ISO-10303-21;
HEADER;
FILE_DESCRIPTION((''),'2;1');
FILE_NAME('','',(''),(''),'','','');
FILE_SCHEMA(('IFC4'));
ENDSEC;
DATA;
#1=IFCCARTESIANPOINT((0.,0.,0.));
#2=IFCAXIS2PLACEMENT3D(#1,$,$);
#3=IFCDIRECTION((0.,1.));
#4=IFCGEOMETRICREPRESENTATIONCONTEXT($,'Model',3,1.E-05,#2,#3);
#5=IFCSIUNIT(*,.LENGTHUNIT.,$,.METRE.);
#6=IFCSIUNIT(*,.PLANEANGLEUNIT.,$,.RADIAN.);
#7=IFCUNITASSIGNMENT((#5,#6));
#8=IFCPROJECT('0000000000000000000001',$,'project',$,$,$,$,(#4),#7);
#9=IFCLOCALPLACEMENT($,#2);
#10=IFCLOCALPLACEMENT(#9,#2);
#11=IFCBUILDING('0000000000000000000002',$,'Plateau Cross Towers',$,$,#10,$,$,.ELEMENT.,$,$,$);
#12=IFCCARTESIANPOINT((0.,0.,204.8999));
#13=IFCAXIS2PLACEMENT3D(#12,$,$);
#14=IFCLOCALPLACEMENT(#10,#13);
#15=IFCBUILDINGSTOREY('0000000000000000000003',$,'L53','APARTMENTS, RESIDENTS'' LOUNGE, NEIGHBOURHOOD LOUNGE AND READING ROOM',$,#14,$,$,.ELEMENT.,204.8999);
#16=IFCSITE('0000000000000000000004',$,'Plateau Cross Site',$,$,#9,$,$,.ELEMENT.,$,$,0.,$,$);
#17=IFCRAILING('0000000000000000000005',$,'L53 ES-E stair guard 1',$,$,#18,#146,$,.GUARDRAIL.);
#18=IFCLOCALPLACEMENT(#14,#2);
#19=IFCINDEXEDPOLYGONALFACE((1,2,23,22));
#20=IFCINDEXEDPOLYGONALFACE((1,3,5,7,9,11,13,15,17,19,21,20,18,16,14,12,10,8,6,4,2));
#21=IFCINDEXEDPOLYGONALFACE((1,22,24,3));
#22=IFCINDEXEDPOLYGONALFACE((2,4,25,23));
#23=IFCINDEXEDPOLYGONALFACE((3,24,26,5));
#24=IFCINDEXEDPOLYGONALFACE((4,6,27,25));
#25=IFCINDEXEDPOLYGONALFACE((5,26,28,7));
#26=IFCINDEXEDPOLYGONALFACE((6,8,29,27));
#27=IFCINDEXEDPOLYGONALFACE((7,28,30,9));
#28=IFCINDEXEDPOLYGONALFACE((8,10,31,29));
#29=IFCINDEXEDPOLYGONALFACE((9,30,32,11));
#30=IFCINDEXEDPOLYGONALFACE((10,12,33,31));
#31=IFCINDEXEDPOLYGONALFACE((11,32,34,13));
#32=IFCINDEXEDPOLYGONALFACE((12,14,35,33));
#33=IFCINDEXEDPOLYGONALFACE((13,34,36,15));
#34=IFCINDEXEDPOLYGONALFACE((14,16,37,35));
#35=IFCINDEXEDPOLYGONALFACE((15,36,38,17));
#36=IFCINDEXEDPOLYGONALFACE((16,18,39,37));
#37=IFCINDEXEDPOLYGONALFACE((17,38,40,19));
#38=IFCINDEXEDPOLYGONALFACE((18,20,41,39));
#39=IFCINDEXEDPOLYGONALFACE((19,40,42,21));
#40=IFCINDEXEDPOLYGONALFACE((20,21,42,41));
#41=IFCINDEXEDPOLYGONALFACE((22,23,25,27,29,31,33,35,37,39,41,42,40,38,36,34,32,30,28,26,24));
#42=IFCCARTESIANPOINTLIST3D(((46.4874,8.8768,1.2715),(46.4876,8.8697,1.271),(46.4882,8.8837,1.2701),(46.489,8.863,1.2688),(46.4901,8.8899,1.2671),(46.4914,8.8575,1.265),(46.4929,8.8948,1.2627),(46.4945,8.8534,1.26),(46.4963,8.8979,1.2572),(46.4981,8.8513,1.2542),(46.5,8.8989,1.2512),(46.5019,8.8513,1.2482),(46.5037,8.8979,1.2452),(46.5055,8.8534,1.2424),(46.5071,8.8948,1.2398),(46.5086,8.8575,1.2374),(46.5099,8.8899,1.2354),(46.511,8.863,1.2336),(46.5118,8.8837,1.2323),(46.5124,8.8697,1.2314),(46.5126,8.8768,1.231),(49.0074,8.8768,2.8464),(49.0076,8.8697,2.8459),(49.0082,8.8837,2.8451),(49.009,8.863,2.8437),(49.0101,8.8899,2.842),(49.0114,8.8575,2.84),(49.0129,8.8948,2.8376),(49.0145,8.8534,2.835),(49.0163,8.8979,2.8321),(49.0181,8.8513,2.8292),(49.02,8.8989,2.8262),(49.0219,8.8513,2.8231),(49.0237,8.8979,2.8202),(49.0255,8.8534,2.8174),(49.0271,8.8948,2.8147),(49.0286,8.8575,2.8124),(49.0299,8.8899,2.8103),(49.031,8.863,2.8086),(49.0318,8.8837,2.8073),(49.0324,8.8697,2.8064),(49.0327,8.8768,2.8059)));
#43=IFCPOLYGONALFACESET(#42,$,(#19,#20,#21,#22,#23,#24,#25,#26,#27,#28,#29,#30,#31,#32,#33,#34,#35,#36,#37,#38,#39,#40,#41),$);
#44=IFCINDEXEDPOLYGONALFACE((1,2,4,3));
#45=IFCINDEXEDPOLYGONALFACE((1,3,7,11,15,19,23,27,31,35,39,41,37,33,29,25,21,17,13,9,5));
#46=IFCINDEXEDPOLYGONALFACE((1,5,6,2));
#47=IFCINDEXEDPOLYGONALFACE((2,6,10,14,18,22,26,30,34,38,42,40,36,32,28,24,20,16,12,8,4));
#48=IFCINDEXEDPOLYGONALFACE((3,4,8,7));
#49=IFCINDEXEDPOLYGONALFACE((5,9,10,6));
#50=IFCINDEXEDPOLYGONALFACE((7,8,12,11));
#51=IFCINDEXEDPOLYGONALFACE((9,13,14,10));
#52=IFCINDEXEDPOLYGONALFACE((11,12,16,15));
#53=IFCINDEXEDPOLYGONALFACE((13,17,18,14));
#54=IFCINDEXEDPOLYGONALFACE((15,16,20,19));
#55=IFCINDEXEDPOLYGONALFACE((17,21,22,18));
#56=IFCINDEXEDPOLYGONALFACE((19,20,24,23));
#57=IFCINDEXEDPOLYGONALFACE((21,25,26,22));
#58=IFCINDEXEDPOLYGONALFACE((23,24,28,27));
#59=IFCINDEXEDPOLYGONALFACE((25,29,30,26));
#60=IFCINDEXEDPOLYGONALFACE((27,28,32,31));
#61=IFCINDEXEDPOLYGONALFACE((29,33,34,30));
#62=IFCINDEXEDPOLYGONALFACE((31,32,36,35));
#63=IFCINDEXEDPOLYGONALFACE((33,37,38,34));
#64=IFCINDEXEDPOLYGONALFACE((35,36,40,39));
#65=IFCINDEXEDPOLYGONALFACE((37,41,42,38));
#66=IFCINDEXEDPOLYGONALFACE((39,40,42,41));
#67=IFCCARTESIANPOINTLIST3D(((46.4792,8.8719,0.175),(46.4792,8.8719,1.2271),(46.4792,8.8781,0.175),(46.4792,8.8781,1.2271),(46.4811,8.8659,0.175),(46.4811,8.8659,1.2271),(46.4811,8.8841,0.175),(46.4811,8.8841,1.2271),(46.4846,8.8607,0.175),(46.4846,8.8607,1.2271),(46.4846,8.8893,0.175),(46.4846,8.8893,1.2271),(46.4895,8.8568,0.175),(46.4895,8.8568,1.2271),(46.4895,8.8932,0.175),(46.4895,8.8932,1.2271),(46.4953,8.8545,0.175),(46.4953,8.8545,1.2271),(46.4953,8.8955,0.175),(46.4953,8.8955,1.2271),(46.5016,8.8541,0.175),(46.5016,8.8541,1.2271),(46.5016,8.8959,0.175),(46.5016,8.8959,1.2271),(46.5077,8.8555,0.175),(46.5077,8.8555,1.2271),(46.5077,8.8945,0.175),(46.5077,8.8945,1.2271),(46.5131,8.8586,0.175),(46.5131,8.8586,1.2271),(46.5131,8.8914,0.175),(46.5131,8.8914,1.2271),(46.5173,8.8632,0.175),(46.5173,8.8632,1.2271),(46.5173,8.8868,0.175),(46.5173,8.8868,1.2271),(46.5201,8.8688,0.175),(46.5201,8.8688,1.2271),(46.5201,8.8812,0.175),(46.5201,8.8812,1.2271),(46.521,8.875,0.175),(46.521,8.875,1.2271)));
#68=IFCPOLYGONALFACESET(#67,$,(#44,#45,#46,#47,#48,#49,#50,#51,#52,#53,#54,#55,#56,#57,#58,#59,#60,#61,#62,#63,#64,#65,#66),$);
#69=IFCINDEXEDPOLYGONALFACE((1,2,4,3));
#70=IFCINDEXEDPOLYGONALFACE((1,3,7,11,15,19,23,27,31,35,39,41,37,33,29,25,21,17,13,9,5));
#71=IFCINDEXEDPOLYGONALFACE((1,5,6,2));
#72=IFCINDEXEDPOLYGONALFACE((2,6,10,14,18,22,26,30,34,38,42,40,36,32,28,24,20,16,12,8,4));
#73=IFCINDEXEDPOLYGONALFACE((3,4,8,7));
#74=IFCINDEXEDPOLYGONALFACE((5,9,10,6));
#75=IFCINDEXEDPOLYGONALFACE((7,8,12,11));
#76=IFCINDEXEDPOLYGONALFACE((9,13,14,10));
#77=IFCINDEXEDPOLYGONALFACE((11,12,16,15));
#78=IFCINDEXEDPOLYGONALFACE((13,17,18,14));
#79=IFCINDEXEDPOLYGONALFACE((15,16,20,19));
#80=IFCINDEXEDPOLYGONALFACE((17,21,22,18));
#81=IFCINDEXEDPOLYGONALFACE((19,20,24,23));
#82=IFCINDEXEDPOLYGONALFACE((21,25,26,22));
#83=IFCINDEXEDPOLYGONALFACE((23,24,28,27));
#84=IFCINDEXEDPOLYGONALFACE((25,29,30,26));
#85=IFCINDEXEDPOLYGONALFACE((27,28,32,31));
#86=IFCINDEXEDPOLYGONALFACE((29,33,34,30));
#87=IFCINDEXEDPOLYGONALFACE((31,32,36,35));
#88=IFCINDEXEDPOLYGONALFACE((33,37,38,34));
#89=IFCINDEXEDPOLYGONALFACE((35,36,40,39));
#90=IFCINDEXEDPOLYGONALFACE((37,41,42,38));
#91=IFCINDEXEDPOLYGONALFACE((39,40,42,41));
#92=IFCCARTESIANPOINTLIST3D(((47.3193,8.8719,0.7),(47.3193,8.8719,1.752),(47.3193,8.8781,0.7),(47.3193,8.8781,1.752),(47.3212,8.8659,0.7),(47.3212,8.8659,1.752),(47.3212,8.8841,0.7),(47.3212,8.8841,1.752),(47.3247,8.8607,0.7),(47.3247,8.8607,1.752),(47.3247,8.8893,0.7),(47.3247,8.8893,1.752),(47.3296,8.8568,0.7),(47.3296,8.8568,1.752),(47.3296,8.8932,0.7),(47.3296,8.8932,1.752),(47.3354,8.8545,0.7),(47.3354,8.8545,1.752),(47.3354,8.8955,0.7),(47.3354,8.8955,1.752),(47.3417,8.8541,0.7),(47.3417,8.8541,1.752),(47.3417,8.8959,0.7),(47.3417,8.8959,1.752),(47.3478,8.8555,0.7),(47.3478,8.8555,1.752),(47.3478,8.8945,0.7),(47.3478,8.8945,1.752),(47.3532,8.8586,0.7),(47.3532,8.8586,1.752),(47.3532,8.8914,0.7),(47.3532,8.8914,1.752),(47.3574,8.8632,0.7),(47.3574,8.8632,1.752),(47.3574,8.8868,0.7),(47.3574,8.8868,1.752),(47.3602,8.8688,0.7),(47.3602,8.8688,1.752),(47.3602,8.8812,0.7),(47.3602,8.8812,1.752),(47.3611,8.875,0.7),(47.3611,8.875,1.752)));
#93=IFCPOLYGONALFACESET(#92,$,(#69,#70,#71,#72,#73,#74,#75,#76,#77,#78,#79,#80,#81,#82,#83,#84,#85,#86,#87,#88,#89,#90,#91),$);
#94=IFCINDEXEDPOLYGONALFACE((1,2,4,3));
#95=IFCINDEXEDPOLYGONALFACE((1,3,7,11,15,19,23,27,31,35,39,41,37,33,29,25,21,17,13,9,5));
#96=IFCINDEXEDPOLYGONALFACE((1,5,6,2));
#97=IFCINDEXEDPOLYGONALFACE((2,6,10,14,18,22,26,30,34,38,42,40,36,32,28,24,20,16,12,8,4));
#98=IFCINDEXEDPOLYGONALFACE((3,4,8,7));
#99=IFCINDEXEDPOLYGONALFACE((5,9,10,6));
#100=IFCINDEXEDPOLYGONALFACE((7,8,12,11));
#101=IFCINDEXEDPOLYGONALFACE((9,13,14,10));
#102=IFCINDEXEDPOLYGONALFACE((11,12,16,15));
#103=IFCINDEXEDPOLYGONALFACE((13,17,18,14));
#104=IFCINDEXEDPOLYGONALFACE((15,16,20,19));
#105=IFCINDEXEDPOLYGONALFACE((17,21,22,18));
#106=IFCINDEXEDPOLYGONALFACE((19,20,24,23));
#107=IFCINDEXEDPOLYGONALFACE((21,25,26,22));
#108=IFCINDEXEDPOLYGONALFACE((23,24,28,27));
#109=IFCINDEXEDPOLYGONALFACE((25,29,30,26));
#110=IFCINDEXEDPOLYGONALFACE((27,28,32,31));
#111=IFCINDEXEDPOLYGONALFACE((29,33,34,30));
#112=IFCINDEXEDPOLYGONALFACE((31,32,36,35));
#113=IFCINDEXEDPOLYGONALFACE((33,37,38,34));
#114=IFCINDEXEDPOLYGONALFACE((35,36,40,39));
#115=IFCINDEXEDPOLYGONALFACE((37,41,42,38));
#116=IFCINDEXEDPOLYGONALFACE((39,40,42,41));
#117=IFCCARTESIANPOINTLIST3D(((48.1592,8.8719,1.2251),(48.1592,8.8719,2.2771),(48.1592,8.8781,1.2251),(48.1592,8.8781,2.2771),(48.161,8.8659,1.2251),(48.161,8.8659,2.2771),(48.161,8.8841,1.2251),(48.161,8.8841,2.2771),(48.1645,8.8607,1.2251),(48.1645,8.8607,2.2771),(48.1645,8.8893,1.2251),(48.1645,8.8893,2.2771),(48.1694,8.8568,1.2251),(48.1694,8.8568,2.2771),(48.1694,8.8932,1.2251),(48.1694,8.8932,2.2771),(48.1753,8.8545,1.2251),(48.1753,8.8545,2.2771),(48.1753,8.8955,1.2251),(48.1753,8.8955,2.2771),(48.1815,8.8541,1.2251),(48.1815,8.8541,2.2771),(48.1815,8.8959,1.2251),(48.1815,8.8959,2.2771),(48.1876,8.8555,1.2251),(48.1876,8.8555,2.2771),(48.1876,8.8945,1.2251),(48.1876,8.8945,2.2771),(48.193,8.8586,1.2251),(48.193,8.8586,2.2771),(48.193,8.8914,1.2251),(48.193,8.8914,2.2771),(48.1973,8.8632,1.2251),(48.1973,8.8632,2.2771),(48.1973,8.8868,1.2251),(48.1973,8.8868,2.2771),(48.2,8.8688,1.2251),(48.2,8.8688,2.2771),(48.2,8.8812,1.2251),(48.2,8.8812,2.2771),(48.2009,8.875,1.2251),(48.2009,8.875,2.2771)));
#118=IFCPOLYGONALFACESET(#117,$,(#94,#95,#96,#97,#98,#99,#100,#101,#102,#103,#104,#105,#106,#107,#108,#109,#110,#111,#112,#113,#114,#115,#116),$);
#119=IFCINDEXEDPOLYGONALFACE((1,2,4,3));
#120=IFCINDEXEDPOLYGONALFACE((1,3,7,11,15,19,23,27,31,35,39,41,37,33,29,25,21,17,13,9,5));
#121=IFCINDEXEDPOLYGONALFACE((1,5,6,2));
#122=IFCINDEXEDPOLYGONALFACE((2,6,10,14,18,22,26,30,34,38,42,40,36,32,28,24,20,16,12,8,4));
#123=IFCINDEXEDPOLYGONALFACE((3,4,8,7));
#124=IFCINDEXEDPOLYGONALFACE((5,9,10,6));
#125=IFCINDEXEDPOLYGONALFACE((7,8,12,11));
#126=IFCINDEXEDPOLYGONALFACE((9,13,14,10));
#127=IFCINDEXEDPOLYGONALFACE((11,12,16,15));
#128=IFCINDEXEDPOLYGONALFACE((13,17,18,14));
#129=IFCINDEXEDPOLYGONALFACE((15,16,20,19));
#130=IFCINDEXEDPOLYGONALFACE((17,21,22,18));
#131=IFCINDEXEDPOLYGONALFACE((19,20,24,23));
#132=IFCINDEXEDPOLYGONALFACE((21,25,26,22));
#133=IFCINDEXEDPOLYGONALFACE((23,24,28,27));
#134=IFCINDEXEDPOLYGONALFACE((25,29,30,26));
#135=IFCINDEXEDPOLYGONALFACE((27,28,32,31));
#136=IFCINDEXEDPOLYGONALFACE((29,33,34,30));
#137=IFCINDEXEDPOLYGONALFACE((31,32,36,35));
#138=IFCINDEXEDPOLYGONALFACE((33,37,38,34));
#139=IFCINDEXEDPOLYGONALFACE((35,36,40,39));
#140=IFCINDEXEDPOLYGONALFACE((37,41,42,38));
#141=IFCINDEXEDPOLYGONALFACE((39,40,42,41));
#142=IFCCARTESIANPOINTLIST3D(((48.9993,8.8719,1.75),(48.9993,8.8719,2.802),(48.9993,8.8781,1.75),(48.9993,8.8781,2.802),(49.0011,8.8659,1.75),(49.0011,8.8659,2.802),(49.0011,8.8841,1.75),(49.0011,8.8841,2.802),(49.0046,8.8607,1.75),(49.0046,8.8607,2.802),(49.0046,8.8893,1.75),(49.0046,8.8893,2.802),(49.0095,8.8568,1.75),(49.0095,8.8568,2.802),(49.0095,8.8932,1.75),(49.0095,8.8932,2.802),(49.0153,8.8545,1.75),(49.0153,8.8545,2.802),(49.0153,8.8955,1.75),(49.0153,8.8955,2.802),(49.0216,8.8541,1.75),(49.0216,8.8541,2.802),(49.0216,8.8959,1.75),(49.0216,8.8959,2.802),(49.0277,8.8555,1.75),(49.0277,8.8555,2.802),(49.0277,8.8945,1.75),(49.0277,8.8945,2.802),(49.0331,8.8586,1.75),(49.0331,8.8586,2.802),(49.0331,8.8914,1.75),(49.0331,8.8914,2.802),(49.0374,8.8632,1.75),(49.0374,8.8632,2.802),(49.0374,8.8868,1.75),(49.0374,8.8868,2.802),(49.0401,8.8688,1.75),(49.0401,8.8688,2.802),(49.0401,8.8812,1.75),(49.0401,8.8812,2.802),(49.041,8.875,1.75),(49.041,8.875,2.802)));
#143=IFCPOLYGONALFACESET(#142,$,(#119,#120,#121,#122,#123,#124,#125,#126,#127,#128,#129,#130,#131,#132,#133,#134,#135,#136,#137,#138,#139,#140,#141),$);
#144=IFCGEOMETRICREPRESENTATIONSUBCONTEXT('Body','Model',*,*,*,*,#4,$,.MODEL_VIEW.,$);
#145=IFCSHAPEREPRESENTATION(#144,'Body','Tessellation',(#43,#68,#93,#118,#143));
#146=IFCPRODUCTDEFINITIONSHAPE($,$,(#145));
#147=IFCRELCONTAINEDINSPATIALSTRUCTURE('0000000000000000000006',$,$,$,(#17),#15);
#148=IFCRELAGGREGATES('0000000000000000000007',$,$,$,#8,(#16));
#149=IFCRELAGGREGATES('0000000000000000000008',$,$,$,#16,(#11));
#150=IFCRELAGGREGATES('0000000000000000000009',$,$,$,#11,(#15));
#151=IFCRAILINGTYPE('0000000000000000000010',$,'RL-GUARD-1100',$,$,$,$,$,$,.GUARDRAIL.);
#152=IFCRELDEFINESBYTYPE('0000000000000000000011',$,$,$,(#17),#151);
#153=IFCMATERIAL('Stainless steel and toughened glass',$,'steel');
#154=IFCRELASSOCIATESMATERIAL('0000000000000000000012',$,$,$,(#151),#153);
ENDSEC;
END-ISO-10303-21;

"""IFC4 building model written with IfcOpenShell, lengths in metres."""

from ifc_helpers import new_model, si_unit, direction, frame, origin, origin_2d, place, context, subcontext, project, spatial, circle, extrude, material, type_object, element, save


model = new_model("IFC4")

# Units and contexts
model_context = context("Model", 3, precision=1e-05, world=origin(), true_north=direction((0.0, 1.0)))
body_context = subcontext(model_context, "Body", "Model", "MODEL_VIEW")
ifc_project = project(units=[si_unit("LENGTHUNIT", "METRE"), si_unit("PLANEANGLEUNIT", "RADIAN")], contexts=[model_context])

# Site, building, storey
site_placement = place(None, origin())
site = spatial("IfcSite", under=ifc_project, at=site_placement, Name="Plateau Cross Site", CompositionType="ELEMENT", RefElevation=0.0)
building_placement = place(site_placement, origin())
building = spatial("IfcBuilding", under=site, at=building_placement, Name="Plateau Cross Towers", CompositionType="ELEMENT")
storey_placement = place(building_placement, frame((0.0, 0.0, 204.8999)))
storey = spatial("IfcBuildingStorey", under=building, at=storey_placement, Name="L53", Description="APARTMENTS, RESIDENTS' LOUNGE, NEIGHBOURHOOD LOUNGE AND READING ROOM", CompositionType="ELEMENT", Elevation=204.8999)

# Railing
ifc_material_1 = material(Name="Stainless steel and toughened glass", Category="steel")
railing_type_1 = type_object("IfcRailingType", Name="RL-GUARD-1100", PredefinedType="GUARDRAIL", material=ifc_material_1)
railing_1_placement = place(storey_placement, frame((46.5, 8.875, 0.175)))
element("IfcRailing", 1, at=railing_1_placement, inside=storey, type_object=railing_type_1, Name="L53 ES-E stair guard 1", PredefinedType="GUARDRAIL", context=body_context, shape_type="SweptSolid", body=[
    extrude(circle(Radius=0.0239, at=origin_2d()), frame((0.0, 0.0, 1.0762), z_axis=(0.848008, 0.0, 0.529984), x_axis=(0.0, 1.0, 0.0)), (0.0, 0.0, 1.0), 2.9717),
    extrude(circle(Radius=0.021, at=origin_2d()), origin(), (0.0, 0.0, 1.0), 1.052),
    extrude(circle(Radius=0.021, at=origin_2d()), frame((0.8401, 0.0, 0.5249)), (0.0, 0.0, 1.0), 1.052),
    extrude(circle(Radius=0.021, at=origin_2d()), frame((1.6799, 0.0, 1.05)), (0.0, 0.0, 1.0), 1.052),
    extrude(circle(Radius=0.021, at=origin_2d()), frame((2.52, 0.0, 1.575)), (0.0, 0.0, 1.0), 1.052),
])

save(model, "model.ifc")
